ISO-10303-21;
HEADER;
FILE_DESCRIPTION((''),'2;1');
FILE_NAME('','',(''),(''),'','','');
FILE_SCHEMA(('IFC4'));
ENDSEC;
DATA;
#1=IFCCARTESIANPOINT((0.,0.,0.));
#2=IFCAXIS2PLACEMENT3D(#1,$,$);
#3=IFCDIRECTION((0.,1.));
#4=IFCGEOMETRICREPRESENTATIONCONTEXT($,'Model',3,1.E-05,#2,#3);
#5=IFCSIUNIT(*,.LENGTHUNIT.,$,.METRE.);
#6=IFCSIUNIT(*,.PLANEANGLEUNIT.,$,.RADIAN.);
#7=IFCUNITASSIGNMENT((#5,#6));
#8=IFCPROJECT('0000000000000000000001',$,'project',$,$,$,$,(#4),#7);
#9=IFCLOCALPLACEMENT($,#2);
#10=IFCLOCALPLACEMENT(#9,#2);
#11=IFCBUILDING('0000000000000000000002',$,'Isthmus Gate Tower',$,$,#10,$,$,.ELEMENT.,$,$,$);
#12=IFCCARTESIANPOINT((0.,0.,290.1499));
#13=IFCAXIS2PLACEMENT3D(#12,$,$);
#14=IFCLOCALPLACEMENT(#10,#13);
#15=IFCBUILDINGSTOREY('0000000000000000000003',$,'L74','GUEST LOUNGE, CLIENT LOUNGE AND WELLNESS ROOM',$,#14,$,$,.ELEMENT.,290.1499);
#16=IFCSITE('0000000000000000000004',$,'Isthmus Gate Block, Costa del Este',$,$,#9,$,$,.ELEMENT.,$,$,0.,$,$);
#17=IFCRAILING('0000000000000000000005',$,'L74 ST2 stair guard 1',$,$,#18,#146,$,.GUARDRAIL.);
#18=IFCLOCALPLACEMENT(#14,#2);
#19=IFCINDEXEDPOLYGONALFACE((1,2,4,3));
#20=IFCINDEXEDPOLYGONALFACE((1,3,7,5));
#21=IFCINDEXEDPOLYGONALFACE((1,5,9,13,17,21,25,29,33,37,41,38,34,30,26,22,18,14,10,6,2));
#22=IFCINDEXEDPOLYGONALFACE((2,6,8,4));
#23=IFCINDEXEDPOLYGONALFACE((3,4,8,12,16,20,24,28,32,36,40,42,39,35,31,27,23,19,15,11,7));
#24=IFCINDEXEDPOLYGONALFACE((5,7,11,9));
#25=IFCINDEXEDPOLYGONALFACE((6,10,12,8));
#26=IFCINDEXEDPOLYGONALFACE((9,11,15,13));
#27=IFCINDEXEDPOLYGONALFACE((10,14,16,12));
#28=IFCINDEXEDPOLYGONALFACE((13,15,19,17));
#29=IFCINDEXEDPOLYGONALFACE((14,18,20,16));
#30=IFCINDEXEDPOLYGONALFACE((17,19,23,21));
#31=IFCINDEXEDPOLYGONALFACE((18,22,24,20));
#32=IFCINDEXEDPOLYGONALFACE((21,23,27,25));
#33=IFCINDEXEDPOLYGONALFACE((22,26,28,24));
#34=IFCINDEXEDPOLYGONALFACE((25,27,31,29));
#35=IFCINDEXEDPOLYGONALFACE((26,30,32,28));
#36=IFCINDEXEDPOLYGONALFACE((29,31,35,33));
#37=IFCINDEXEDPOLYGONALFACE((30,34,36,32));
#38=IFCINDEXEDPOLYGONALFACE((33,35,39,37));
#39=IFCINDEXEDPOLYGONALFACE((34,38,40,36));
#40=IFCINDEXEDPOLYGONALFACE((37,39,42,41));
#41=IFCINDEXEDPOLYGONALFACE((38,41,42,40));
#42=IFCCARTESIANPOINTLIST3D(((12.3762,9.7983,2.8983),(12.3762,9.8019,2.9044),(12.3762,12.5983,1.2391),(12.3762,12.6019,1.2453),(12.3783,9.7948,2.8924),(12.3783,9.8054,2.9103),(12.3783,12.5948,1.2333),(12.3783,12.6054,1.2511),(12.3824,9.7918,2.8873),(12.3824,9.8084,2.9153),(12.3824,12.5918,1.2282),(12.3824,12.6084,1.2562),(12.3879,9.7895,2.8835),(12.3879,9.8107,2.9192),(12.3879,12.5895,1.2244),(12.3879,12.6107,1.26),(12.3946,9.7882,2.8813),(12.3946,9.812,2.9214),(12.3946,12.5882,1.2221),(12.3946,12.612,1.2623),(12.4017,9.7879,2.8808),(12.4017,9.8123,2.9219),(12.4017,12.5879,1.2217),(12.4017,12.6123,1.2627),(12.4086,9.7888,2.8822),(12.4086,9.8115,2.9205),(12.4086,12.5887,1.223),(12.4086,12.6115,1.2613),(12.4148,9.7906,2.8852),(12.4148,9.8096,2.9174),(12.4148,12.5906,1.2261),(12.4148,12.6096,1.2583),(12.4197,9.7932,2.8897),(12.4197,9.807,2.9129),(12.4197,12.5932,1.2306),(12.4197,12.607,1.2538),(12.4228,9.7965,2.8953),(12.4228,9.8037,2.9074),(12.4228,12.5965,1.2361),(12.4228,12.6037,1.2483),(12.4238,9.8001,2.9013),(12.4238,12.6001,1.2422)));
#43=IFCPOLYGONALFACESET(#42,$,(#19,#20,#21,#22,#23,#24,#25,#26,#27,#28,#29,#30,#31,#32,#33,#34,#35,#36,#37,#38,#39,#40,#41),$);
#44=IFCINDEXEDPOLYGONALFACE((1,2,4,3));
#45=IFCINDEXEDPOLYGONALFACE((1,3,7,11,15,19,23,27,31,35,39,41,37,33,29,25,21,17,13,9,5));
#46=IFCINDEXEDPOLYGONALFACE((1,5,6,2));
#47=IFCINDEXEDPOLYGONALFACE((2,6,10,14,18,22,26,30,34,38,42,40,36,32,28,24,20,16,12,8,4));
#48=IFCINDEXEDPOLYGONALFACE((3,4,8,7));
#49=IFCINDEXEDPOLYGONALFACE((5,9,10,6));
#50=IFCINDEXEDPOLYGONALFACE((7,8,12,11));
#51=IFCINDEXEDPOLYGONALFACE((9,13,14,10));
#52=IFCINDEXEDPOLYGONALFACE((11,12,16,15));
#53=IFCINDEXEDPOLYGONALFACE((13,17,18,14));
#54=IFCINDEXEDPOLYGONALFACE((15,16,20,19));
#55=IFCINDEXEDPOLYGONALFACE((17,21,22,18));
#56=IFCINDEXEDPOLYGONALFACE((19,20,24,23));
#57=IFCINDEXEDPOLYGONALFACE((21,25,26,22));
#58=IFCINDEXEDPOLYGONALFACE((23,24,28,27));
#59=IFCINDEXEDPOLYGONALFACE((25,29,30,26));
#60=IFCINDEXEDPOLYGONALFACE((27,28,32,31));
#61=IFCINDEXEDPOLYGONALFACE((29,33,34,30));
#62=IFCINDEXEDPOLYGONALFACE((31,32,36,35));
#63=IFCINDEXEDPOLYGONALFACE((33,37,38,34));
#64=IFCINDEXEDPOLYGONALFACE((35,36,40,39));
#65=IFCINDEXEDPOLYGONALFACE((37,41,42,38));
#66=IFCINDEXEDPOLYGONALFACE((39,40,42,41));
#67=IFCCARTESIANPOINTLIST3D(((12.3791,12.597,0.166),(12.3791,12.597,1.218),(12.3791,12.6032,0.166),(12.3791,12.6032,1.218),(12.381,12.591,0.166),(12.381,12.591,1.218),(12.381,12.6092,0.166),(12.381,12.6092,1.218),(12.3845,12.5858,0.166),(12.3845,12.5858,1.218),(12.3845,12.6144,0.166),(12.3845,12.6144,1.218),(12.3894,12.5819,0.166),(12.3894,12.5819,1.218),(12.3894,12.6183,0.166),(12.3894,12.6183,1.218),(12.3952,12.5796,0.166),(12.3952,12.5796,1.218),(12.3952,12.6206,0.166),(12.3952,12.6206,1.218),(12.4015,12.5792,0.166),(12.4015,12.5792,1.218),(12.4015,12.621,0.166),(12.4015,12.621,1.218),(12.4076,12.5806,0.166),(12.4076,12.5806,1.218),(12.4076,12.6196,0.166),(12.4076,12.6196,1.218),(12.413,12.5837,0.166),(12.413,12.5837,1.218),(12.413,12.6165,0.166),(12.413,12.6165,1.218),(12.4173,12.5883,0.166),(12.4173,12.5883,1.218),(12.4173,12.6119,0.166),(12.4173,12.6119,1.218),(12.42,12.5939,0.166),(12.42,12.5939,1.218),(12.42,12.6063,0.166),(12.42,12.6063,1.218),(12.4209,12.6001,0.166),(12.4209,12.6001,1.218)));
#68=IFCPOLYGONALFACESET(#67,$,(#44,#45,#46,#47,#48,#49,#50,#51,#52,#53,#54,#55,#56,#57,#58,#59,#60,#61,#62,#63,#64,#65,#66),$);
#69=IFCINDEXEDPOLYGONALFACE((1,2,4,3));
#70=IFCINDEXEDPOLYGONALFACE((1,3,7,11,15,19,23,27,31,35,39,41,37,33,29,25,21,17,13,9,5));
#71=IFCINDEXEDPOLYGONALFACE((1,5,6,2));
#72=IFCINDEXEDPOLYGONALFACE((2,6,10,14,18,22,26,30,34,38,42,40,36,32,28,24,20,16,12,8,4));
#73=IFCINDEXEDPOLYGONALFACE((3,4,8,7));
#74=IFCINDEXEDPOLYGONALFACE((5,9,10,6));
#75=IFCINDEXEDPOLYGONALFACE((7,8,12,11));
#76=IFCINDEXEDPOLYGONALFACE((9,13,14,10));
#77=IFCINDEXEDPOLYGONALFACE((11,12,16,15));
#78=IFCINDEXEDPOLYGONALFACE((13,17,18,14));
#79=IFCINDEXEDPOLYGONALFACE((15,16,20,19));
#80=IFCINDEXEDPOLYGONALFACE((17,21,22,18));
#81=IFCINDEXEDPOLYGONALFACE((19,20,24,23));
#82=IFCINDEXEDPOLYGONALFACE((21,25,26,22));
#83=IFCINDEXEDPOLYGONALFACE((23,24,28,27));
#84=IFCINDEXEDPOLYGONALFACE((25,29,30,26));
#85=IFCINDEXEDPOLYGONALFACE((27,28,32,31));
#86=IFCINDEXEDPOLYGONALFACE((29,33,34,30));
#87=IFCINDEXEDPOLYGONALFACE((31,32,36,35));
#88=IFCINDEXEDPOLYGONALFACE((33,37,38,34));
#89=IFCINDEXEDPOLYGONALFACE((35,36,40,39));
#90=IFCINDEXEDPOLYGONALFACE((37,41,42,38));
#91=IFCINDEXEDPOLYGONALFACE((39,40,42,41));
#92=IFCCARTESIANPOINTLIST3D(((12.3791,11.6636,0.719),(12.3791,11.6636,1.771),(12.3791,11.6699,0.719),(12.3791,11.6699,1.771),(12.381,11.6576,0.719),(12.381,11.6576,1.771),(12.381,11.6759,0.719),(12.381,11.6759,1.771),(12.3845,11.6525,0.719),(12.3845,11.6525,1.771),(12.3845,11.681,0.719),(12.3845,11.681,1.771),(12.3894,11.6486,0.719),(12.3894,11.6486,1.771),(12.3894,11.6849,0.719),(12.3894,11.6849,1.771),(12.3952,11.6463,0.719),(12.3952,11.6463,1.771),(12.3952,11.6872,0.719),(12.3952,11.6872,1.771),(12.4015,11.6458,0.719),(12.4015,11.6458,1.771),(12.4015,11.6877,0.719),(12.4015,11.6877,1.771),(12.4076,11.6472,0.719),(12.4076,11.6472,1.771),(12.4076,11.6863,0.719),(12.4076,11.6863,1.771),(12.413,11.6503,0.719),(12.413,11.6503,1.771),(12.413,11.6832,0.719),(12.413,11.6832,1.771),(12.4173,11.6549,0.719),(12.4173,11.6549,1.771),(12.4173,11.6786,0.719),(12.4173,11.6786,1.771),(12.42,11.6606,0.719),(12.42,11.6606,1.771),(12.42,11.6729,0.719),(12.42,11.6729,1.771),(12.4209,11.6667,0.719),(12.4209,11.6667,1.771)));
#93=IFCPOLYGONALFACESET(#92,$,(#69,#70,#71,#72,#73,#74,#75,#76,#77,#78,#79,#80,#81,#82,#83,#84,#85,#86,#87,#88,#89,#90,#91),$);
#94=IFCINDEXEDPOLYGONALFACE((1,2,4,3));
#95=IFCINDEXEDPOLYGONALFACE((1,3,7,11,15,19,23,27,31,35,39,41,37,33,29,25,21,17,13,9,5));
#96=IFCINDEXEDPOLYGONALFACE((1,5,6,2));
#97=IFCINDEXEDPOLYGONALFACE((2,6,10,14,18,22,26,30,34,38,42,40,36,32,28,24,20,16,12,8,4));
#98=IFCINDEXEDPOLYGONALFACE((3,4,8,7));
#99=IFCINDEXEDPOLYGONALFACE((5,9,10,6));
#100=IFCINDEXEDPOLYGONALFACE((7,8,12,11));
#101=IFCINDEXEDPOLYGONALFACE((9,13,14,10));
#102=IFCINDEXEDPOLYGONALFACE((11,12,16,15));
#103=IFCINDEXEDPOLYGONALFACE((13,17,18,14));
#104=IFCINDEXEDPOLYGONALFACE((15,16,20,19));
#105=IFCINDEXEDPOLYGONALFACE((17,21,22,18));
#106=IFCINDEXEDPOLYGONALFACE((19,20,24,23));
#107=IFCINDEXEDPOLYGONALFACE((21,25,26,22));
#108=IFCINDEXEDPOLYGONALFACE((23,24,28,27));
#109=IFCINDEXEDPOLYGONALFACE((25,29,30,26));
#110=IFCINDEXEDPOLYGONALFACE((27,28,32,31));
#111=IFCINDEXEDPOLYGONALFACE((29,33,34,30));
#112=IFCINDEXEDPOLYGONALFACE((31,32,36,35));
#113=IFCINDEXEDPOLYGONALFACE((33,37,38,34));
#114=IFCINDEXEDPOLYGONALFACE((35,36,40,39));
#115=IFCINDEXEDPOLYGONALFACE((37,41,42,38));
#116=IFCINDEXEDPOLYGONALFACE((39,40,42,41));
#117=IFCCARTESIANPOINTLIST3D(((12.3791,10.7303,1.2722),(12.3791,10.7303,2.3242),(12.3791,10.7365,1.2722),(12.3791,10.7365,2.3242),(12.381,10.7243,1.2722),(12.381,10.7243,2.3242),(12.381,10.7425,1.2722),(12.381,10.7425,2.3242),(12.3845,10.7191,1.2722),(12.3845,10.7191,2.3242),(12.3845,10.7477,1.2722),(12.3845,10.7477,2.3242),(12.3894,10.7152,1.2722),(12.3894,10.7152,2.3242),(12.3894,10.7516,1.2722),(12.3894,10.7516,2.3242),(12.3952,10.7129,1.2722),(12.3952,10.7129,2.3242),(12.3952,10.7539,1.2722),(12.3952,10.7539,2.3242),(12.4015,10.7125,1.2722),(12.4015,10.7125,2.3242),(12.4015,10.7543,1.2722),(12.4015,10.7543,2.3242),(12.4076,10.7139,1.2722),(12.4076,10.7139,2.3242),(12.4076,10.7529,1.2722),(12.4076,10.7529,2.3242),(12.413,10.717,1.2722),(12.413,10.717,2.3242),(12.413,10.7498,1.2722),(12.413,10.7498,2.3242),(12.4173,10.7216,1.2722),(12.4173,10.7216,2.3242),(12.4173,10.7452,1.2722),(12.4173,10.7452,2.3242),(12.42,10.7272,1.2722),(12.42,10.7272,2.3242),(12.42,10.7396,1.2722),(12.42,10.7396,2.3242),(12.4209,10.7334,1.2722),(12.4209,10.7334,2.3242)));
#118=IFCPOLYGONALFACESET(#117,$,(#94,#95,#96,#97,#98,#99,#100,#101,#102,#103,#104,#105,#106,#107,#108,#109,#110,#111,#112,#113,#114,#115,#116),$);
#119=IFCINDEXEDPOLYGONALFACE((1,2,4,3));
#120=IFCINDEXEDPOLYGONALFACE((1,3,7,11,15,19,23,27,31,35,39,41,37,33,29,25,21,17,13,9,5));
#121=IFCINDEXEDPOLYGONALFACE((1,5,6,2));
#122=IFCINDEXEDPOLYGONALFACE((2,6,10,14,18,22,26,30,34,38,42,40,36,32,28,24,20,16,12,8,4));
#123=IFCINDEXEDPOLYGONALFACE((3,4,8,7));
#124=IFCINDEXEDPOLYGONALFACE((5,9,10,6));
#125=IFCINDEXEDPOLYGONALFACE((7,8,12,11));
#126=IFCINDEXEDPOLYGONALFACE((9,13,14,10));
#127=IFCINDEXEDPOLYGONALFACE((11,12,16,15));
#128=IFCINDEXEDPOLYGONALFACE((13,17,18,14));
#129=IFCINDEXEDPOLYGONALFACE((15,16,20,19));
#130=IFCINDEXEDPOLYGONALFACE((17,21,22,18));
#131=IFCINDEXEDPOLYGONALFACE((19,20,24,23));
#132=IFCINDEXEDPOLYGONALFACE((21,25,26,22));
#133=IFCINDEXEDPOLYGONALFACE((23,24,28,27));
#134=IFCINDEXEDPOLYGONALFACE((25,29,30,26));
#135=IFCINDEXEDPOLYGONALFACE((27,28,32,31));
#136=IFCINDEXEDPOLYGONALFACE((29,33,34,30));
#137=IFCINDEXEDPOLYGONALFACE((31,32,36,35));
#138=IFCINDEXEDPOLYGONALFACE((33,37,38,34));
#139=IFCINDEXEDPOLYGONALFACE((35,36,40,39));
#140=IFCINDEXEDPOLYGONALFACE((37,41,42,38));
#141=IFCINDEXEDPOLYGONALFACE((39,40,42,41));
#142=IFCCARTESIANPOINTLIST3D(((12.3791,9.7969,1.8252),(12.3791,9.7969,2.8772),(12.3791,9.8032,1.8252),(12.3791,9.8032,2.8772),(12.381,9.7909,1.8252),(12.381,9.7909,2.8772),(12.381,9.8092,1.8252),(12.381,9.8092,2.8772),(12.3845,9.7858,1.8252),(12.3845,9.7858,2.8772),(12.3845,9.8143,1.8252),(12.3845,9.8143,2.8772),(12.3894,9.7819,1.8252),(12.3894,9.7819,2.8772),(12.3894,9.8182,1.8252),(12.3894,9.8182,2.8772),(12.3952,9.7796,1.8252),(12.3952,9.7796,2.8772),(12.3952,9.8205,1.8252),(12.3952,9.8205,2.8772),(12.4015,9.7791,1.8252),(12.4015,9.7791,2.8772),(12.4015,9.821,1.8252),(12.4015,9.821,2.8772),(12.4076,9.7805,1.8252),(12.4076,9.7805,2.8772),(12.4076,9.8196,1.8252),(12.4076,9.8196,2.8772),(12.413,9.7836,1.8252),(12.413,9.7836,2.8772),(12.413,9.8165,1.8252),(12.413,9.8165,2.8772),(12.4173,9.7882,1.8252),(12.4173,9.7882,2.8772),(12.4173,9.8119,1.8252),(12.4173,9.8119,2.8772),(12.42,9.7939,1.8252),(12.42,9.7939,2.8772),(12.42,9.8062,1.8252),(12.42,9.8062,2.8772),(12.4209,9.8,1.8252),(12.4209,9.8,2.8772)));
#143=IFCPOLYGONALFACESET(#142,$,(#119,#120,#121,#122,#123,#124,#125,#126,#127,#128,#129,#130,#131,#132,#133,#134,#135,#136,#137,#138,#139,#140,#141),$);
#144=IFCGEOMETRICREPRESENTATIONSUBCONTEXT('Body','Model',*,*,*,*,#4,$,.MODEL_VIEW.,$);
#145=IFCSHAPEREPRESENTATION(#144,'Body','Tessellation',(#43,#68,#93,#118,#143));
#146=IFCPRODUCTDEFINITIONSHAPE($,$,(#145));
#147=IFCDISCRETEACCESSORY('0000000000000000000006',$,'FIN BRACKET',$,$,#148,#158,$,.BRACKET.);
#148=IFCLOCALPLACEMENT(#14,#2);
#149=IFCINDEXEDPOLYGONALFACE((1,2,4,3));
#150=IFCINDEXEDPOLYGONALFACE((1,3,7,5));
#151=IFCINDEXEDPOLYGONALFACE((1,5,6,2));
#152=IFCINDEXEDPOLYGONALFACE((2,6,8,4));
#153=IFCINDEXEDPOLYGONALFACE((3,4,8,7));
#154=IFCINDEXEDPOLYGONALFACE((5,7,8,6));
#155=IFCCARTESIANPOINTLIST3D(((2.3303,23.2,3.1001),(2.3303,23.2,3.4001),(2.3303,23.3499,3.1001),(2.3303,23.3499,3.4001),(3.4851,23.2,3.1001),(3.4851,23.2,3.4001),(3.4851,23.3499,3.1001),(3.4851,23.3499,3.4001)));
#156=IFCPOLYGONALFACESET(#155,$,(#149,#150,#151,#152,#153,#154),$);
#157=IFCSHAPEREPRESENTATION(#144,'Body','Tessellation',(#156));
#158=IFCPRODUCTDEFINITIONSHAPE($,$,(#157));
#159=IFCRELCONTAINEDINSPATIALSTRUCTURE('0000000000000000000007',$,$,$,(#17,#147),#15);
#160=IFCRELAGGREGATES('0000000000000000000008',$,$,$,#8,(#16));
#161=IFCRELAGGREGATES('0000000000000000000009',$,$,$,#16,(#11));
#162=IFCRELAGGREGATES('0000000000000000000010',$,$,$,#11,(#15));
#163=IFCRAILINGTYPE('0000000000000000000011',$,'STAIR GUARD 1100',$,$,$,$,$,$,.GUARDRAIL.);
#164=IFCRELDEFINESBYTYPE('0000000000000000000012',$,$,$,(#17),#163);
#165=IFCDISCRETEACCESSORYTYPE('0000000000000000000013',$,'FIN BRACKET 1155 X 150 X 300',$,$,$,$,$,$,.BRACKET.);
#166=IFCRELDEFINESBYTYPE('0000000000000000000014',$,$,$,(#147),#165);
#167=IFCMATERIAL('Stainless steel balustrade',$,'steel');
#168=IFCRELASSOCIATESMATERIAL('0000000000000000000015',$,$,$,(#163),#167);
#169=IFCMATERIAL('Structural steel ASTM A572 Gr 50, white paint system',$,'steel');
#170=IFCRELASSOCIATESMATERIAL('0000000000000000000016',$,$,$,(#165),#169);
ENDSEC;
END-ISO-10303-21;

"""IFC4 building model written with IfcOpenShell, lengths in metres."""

from ifc_helpers import new_model, si_unit, direction, frame, origin, origin_2d, place, context, subcontext, project, spatial, rectangle, circle, extrude, material, type_object, element, save


model = new_model("IFC4")

# Units and contexts
model_context = context("Model", 3, precision=1e-05, world=origin(), true_north=direction((0.0, 1.0)))
body_context = subcontext(model_context, "Body", "Model", "MODEL_VIEW")
ifc_project = project(units=[si_unit("LENGTHUNIT", "METRE"), si_unit("PLANEANGLEUNIT", "RADIAN")], contexts=[model_context])

# Site, building, storey
site_placement = place(None, origin())
site = spatial("IfcSite", under=ifc_project, at=site_placement, Name="Isthmus Gate Block, Costa del Este", CompositionType="ELEMENT", RefElevation=0.0)
building_placement = place(site_placement, origin())
building = spatial("IfcBuilding", under=site, at=building_placement, Name="Isthmus Gate Tower", CompositionType="ELEMENT")
storey_placement = place(building_placement, frame((0.0, 0.0, 290.1499)))
storey = spatial("IfcBuildingStorey", under=building, at=storey_placement, Name="L74", Description="GUEST LOUNGE, CLIENT LOUNGE AND WELLNESS ROOM", CompositionType="ELEMENT", Elevation=290.1499)

# Railing
ifc_material_1 = material(Name="Stainless steel balustrade", Category="steel")
railing_type = type_object("IfcRailingType", Name="STAIR GUARD 1100", PredefinedType="GUARDRAIL", material=ifc_material_1)
railing_placement = place(storey_placement, frame((12.3999, 12.6001, 0.166)))
element("IfcRailing", 1, at=railing_placement, inside=storey, type_object=railing_type, Name="L74 ST2 stair guard 1", PredefinedType="GUARDRAIL", context=body_context, shape_type="SweptSolid", body=[
    extrude(circle(Radius=0.0239, at=origin_2d()), frame((0.0, 0.0, 1.0762), z_axis=(0.0, -0.860306, 0.509778), x_axis=(1.0, 0.0, 0.0)), (0.0, 0.0, 1.0), 3.2546),
    extrude(circle(Radius=0.021, at=origin_2d()), origin(), (0.0, 0.0, 1.0), 1.052),
    extrude(circle(Radius=0.021, at=origin_2d()), frame((0.0, -0.9333, 0.553)), (0.0, 0.0, 1.0), 1.052),
    extrude(circle(Radius=0.021, at=origin_2d()), frame((0.0, -1.8667, 1.1062)), (0.0, 0.0, 1.0), 1.052),
    extrude(circle(Radius=0.021, at=origin_2d()), frame((0.0, -2.8, 1.6592)), (0.0, 0.0, 1.0), 1.052),
])

# Discrete accessory
ifc_material_2 = material(Name="Structural steel ASTM A572 Gr 50, white paint system", Category="steel")
discrete_accessory_type = type_object("IfcDiscreteAccessoryType", Name="FIN BRACKET 1155 X 150 X 300", PredefinedType="BRACKET", material=ifc_material_2)
discrete_accessory_placement = place(storey_placement, frame((2.9077, 23.2749, 3.1001), z_axis=(0.0, 0.0, 1.0), x_axis=(0.0, 1.0, 0.0)))
element("IfcDiscreteAccessory", 2, at=discrete_accessory_placement, inside=storey, type_object=discrete_accessory_type, Name="FIN BRACKET", PredefinedType="BRACKET", context=body_context, shape_type="SweptSolid", body=[
    extrude(rectangle(XDim=0.1499, YDim=1.1548, at=origin_2d()), origin(), (0.0, 0.0, 1.0), 0.3),
])

save(model, "model.ifc")
